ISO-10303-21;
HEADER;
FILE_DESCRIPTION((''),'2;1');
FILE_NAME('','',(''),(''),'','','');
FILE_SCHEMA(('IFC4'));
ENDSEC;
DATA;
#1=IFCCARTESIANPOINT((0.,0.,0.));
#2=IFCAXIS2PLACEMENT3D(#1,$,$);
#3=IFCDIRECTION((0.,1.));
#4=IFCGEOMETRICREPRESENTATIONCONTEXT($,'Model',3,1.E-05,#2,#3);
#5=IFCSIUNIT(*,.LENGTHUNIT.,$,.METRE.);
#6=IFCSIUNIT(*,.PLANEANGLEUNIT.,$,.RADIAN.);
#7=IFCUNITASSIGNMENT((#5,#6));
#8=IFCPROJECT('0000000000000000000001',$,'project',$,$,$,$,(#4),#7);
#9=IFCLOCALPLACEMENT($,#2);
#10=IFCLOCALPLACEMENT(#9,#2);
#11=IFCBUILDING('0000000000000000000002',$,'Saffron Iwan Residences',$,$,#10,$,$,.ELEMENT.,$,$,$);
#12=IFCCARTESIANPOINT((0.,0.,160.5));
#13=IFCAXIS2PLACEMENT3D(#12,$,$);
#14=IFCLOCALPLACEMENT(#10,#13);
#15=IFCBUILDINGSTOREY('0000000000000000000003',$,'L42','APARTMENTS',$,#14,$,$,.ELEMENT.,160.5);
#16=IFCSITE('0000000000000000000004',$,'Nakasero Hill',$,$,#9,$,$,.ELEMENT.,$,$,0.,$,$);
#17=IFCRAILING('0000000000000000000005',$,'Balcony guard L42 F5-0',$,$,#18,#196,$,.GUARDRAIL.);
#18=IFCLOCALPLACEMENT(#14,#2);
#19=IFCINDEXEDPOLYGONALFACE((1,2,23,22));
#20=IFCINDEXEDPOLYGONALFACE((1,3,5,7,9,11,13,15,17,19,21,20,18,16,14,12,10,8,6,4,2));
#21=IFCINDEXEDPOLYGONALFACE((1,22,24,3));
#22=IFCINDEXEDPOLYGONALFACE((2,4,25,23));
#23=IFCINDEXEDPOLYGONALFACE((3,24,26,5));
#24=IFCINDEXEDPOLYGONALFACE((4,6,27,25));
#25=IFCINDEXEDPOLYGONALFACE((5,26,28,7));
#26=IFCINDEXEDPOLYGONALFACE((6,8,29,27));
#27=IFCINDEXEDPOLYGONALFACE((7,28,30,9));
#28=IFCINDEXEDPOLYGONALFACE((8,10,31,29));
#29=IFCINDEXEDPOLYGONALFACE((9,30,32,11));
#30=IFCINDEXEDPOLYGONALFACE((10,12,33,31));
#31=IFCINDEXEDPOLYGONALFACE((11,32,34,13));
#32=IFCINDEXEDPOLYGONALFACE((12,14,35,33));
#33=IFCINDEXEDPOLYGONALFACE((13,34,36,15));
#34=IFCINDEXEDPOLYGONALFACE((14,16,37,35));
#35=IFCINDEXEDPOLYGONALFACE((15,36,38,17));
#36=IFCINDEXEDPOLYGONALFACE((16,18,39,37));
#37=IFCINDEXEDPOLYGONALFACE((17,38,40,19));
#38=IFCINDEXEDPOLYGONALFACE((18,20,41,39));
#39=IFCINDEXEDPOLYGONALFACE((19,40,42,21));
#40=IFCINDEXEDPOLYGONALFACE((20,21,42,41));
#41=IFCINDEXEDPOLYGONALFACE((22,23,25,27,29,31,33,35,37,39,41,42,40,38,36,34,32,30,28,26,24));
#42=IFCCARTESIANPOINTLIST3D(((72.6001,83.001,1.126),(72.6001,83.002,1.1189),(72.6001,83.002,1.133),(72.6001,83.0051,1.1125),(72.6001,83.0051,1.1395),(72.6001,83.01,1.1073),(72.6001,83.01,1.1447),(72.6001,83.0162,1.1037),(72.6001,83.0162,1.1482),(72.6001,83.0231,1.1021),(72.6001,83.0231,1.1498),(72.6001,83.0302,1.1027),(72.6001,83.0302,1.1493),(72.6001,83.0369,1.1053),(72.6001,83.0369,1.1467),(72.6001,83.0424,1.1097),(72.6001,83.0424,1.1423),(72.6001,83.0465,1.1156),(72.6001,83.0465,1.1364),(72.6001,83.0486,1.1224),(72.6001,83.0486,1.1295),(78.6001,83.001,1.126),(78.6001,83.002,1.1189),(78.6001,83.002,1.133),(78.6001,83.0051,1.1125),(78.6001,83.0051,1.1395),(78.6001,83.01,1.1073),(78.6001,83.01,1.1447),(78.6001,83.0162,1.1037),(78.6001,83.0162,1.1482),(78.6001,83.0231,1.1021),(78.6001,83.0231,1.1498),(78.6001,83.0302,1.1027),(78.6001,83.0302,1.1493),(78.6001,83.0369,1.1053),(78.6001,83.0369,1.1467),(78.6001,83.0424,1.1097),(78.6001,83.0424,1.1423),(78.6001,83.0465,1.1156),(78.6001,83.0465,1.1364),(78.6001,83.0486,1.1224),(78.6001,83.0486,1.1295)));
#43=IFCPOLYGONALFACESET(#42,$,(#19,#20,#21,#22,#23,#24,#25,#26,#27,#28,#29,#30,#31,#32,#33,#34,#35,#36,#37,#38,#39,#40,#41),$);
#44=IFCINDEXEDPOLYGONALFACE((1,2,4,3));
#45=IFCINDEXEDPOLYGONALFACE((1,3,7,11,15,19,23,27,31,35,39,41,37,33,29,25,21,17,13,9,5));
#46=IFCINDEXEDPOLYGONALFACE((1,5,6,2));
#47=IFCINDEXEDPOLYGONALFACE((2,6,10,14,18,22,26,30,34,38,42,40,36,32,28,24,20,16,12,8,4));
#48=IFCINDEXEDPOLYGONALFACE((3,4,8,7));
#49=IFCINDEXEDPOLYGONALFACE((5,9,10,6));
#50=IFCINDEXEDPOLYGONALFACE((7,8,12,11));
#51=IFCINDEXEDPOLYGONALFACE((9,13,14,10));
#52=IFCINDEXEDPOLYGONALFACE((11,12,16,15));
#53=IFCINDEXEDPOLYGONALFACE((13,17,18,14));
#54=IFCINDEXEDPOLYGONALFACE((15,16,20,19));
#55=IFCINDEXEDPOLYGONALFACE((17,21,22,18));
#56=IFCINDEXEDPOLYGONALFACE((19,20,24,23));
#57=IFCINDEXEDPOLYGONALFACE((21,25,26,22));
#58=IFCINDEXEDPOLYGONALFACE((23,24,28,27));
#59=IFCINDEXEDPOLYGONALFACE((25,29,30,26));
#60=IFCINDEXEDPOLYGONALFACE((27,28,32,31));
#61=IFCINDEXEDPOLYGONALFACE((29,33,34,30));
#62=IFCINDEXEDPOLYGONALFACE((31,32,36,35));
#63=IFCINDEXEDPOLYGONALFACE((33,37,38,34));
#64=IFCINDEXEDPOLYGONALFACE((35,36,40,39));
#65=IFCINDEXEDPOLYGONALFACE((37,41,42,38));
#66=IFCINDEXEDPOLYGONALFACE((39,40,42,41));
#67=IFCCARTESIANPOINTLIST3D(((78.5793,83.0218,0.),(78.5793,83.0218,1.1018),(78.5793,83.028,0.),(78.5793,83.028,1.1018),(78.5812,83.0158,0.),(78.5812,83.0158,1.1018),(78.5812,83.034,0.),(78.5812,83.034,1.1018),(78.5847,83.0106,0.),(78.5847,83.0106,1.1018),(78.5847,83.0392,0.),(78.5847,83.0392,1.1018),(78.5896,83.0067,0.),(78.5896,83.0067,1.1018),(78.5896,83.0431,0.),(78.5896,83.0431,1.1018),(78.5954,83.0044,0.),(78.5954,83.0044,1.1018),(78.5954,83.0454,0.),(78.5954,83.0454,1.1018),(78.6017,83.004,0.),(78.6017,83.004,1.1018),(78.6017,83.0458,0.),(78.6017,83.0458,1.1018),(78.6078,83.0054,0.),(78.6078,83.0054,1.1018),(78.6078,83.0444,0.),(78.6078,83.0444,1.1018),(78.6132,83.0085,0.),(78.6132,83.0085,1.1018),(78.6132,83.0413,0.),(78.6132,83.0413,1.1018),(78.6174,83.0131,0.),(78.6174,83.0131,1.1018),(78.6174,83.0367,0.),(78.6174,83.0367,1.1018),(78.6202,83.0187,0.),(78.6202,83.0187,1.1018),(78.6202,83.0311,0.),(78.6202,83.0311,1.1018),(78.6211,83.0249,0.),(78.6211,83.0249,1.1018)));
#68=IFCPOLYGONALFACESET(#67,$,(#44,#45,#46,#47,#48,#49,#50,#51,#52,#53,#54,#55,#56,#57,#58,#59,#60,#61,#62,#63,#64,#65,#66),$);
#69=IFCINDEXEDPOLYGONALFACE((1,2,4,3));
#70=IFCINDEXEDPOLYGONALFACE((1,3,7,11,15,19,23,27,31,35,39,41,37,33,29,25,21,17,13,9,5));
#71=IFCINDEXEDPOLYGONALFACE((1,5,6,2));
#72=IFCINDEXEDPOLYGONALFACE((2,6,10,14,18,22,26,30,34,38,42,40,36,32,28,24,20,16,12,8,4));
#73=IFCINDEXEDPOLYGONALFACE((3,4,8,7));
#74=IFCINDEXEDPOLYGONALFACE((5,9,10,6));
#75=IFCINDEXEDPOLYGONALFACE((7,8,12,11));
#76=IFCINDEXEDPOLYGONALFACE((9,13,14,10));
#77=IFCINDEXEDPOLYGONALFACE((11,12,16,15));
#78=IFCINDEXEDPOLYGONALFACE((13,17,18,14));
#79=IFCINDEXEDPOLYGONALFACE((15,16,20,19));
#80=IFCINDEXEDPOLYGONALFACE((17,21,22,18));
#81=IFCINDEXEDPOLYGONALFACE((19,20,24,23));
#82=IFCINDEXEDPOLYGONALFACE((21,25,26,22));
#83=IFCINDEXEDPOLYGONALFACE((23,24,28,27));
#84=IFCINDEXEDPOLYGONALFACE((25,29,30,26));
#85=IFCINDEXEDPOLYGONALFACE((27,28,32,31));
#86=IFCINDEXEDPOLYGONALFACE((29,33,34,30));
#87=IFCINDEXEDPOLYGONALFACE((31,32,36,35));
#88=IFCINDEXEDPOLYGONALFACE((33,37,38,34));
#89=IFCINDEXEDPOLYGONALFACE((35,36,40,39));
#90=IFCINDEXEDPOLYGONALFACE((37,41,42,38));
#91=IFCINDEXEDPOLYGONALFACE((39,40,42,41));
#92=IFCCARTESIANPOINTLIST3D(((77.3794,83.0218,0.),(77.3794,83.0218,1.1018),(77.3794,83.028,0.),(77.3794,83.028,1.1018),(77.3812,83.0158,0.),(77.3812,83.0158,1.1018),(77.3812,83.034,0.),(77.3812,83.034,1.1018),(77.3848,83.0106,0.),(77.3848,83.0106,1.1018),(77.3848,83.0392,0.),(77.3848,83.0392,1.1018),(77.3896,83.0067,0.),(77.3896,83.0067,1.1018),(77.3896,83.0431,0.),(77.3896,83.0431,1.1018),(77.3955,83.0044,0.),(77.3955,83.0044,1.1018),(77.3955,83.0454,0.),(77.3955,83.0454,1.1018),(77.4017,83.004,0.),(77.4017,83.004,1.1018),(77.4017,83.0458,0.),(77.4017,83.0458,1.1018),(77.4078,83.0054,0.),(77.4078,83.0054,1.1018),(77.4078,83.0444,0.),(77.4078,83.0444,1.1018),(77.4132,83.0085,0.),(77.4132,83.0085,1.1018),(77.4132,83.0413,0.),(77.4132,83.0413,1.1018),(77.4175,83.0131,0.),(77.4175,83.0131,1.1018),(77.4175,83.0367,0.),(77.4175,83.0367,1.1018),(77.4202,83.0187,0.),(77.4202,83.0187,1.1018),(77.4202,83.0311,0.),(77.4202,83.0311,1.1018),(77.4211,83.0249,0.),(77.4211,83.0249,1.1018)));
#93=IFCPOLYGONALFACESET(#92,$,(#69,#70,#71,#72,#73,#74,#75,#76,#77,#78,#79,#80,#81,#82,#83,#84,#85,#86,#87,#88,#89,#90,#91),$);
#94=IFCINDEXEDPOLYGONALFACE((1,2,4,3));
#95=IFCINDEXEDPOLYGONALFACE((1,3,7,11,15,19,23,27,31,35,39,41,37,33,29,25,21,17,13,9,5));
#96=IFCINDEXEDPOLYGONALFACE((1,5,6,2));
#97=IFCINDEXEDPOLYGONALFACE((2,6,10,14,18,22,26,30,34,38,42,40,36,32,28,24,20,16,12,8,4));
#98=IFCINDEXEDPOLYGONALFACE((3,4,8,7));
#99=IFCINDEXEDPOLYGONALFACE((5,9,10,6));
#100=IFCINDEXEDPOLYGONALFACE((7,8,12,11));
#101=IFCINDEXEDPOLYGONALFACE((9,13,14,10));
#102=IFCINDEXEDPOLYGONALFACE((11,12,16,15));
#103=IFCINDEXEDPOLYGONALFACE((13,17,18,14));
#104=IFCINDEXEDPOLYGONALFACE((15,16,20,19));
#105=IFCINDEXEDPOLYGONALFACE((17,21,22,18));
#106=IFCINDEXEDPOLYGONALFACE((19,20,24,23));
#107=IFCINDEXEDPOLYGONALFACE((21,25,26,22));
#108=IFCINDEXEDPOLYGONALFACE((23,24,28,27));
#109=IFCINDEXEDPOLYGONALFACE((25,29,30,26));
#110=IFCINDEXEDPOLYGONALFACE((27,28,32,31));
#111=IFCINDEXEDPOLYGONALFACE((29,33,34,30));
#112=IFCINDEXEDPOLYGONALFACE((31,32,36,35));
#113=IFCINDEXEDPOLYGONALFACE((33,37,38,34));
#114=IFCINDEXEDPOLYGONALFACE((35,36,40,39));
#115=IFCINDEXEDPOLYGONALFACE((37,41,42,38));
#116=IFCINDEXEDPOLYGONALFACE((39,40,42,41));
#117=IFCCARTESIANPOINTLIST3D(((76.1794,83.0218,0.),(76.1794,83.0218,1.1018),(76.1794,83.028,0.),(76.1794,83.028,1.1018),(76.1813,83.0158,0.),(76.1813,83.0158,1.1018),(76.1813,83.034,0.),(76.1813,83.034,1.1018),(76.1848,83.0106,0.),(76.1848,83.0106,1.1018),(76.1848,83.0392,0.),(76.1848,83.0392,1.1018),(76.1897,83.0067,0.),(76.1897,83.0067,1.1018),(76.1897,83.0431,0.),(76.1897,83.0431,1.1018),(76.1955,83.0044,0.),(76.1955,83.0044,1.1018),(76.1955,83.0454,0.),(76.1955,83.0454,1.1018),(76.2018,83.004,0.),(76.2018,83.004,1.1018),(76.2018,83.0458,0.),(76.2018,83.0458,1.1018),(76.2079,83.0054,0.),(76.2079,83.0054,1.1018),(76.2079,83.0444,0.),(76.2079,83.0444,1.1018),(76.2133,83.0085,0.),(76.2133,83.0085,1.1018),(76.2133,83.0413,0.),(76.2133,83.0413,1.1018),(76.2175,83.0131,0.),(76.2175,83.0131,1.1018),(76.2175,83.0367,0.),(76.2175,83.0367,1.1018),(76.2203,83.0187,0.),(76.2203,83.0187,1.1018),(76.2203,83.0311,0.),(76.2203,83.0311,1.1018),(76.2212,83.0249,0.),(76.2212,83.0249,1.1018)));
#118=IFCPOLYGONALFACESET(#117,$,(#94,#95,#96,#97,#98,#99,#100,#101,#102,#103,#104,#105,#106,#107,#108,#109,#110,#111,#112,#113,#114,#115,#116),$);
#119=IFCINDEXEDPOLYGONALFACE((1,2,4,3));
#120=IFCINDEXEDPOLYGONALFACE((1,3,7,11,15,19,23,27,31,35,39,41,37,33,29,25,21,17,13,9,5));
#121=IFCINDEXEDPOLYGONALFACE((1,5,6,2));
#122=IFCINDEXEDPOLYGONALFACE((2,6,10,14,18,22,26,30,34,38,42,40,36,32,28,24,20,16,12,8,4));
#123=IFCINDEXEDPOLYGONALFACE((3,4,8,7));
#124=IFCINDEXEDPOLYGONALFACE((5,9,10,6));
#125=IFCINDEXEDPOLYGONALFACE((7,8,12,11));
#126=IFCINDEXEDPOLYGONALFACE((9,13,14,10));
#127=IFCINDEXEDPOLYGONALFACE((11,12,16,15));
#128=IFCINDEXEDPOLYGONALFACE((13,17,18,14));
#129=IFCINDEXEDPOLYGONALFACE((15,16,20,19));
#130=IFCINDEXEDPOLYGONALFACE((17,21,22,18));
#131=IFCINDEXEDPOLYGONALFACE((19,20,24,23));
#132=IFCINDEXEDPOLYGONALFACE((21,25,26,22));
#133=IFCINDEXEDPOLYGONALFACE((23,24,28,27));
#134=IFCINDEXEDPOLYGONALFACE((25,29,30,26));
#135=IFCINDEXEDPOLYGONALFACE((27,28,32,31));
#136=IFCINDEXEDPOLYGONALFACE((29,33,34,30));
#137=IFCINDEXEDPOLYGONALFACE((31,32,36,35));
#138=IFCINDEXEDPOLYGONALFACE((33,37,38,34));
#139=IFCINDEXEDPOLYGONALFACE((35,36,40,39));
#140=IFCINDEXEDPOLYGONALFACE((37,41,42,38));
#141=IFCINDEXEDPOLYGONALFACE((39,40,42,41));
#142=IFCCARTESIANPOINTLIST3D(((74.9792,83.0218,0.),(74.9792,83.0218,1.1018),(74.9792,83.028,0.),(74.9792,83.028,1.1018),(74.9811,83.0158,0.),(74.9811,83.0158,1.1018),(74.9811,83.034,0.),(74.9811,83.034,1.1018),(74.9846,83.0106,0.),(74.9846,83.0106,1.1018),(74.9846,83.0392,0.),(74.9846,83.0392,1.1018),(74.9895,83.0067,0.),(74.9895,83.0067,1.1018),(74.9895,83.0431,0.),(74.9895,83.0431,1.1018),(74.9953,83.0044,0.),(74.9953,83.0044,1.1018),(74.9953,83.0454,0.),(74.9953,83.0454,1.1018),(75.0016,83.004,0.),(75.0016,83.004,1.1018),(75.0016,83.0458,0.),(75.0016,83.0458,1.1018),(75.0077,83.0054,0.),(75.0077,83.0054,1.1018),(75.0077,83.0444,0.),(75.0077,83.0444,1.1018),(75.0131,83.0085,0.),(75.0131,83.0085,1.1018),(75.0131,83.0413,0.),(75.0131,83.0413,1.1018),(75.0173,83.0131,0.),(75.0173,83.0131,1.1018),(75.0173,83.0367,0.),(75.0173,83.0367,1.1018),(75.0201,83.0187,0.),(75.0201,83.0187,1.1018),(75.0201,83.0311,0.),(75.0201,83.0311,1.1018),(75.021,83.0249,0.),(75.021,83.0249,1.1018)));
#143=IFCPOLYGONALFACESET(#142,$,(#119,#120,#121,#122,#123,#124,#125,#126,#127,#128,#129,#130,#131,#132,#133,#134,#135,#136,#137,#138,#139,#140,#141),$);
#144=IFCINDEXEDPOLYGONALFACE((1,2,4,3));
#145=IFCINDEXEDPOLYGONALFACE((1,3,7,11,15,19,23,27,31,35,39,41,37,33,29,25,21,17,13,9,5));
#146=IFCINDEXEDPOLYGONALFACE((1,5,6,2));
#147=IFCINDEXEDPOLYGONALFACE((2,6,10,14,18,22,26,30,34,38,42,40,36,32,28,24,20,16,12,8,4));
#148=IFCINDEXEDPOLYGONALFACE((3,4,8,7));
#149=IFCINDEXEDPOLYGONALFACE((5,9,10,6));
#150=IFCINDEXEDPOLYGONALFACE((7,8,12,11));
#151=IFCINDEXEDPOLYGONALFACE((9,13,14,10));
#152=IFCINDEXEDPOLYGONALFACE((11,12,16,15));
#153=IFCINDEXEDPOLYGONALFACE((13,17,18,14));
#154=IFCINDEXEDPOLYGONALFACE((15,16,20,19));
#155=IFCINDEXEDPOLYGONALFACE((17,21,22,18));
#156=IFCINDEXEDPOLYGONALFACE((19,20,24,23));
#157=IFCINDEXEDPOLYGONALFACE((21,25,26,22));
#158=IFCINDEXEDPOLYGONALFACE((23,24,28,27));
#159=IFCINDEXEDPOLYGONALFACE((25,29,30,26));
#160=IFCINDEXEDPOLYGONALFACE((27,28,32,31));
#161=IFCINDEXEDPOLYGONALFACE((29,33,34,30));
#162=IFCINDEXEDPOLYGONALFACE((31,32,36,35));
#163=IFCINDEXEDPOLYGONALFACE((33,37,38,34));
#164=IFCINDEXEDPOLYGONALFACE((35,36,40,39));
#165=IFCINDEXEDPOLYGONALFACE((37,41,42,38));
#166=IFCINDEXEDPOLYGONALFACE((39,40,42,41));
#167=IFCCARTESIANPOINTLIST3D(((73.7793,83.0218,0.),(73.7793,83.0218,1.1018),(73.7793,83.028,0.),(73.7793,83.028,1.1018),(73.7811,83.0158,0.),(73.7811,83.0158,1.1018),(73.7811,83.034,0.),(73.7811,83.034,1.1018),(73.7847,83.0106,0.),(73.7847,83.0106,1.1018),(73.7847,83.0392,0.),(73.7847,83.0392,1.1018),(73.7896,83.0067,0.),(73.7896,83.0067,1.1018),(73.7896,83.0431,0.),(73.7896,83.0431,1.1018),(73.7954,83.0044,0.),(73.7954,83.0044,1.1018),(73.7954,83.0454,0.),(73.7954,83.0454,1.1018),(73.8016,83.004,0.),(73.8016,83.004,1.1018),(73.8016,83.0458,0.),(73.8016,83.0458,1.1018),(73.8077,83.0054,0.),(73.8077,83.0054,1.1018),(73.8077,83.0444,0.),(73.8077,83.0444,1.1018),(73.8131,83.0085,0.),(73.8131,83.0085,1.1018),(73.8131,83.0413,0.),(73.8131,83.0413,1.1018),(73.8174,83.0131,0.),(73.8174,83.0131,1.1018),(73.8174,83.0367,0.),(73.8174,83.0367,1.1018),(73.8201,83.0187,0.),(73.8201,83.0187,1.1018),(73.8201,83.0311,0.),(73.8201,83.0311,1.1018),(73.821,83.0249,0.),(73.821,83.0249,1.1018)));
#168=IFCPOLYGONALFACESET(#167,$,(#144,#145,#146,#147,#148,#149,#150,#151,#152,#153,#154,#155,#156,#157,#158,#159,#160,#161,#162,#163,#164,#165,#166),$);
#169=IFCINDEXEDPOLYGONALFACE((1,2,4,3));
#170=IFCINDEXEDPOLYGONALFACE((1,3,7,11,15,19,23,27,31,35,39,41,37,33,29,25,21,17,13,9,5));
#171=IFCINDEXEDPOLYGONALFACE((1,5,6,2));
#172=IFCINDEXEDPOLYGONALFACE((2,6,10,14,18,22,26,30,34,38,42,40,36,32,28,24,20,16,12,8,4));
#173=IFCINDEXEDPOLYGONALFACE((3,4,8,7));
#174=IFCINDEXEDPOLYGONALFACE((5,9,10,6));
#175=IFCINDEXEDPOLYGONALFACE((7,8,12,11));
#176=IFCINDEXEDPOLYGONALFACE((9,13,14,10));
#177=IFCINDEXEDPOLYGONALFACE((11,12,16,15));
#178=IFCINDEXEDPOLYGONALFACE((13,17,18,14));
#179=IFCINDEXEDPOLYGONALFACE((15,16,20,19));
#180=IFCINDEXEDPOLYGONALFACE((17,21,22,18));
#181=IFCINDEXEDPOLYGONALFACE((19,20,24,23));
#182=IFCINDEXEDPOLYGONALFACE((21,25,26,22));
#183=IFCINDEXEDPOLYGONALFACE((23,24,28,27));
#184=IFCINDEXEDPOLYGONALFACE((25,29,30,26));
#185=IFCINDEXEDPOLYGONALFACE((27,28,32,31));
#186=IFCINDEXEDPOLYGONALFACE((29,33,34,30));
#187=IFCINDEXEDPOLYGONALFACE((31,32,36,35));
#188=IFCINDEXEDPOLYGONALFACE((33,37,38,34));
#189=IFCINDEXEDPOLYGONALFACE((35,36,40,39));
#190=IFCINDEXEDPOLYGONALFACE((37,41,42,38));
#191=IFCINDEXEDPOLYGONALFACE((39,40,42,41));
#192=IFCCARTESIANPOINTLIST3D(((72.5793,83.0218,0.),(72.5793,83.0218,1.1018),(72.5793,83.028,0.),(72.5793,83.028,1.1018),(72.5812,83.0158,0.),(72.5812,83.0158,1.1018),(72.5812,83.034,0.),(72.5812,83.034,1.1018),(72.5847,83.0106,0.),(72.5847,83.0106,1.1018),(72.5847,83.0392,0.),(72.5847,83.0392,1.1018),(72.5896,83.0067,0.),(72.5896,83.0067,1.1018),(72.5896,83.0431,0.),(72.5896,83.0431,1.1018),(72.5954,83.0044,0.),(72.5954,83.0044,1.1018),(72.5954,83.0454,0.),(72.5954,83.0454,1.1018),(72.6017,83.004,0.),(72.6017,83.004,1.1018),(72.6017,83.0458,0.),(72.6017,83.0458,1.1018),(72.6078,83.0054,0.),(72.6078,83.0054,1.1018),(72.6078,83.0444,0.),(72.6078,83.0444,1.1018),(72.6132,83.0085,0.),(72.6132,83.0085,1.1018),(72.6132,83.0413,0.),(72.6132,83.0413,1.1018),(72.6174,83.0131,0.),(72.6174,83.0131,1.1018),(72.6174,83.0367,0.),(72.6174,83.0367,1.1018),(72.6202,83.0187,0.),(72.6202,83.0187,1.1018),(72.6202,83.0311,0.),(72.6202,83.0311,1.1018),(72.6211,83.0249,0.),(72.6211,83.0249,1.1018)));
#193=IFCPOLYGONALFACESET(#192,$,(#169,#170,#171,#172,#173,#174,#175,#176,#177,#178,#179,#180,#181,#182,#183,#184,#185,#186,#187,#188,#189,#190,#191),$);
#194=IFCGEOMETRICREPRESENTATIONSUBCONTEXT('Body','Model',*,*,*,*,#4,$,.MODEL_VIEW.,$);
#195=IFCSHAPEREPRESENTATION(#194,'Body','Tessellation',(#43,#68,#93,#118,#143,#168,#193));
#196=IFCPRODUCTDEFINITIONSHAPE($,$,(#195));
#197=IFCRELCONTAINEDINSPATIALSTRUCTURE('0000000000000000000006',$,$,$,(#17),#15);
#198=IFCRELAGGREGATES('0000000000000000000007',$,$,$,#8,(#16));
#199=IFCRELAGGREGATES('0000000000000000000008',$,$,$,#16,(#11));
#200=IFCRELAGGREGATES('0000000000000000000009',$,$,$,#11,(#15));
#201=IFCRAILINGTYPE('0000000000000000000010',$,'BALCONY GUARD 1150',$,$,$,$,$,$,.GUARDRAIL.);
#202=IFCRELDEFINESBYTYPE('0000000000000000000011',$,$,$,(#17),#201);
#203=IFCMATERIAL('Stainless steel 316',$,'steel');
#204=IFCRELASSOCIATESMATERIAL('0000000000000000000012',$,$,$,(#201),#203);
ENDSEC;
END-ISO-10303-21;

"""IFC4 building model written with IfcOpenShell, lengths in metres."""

from ifc_helpers import new_model, si_unit, direction, frame, origin, origin_2d, place, context, subcontext, project, spatial, circle, extrude, material, type_object, element, save


model = new_model("IFC4")

# Units and contexts
model_context = context("Model", 3, precision=1e-05, world=origin(), true_north=direction((0.0, 1.0)))
body_context = subcontext(model_context, "Body", "Model", "MODEL_VIEW")
ifc_project = project(units=[si_unit("LENGTHUNIT", "METRE"), si_unit("PLANEANGLEUNIT", "RADIAN")], contexts=[model_context])

# Site, building, storey
site_placement = place(None, origin())
site = spatial("IfcSite", under=ifc_project, at=site_placement, Name="Nakasero Hill", CompositionType="ELEMENT", RefElevation=0.0)
building_placement = place(site_placement, origin())
building = spatial("IfcBuilding", under=site, at=building_placement, Name="Saffron Iwan Residences", CompositionType="ELEMENT")
storey_placement = place(building_placement, frame((0.0, 0.0, 160.5)))
storey = spatial("IfcBuildingStorey", under=building, at=storey_placement, Name="L42", Description="APARTMENTS", CompositionType="ELEMENT", Elevation=160.5)

# Railing
ifc_material_1 = material(Name="Stainless steel 316", Category="steel")
railing_type = type_object("IfcRailingType", Name="BALCONY GUARD 1150", PredefinedType="GUARDRAIL", material=ifc_material_1)
railing_placement = place(storey_placement, frame((78.6001, 83.0249, 0.0)))
element("IfcRailing", 1, at=railing_placement, inside=storey, type_object=railing_type, Name="Balcony guard L42 F5-0", PredefinedType="GUARDRAIL", context=body_context, shape_type="SweptSolid", body=[
    extrude(circle(Radius=0.0239, at=origin_2d()), frame((0.0, 0.0, 1.126), z_axis=(-1.0, 0.0, 0.0), x_axis=(0.0, -1.0, 0.0)), (0.0, 0.0, 1.0), 6.0),
    extrude(circle(Radius=0.021, at=origin_2d()), origin(), (0.0, 0.0, 1.0), 1.1018),
    extrude(circle(Radius=0.021, at=origin_2d()), frame((-1.2, 0.0, 0.0)), (0.0, 0.0, 1.0), 1.1018),
    extrude(circle(Radius=0.021, at=origin_2d()), frame((-2.3999, 0.0, 0.0)), (0.0, 0.0, 1.0), 1.1018),
    extrude(circle(Radius=0.021, at=origin_2d()), frame((-3.6001, 0.0, 0.0)), (0.0, 0.0, 1.0), 1.1018),
    extrude(circle(Radius=0.021, at=origin_2d()), frame((-4.8, 0.0, 0.0)), (0.0, 0.0, 1.0), 1.1018),
    extrude(circle(Radius=0.021, at=origin_2d()), frame((-6.0, 0.0, 0.0)), (0.0, 0.0, 1.0), 1.1018),
])

save(model, "model.ifc")
